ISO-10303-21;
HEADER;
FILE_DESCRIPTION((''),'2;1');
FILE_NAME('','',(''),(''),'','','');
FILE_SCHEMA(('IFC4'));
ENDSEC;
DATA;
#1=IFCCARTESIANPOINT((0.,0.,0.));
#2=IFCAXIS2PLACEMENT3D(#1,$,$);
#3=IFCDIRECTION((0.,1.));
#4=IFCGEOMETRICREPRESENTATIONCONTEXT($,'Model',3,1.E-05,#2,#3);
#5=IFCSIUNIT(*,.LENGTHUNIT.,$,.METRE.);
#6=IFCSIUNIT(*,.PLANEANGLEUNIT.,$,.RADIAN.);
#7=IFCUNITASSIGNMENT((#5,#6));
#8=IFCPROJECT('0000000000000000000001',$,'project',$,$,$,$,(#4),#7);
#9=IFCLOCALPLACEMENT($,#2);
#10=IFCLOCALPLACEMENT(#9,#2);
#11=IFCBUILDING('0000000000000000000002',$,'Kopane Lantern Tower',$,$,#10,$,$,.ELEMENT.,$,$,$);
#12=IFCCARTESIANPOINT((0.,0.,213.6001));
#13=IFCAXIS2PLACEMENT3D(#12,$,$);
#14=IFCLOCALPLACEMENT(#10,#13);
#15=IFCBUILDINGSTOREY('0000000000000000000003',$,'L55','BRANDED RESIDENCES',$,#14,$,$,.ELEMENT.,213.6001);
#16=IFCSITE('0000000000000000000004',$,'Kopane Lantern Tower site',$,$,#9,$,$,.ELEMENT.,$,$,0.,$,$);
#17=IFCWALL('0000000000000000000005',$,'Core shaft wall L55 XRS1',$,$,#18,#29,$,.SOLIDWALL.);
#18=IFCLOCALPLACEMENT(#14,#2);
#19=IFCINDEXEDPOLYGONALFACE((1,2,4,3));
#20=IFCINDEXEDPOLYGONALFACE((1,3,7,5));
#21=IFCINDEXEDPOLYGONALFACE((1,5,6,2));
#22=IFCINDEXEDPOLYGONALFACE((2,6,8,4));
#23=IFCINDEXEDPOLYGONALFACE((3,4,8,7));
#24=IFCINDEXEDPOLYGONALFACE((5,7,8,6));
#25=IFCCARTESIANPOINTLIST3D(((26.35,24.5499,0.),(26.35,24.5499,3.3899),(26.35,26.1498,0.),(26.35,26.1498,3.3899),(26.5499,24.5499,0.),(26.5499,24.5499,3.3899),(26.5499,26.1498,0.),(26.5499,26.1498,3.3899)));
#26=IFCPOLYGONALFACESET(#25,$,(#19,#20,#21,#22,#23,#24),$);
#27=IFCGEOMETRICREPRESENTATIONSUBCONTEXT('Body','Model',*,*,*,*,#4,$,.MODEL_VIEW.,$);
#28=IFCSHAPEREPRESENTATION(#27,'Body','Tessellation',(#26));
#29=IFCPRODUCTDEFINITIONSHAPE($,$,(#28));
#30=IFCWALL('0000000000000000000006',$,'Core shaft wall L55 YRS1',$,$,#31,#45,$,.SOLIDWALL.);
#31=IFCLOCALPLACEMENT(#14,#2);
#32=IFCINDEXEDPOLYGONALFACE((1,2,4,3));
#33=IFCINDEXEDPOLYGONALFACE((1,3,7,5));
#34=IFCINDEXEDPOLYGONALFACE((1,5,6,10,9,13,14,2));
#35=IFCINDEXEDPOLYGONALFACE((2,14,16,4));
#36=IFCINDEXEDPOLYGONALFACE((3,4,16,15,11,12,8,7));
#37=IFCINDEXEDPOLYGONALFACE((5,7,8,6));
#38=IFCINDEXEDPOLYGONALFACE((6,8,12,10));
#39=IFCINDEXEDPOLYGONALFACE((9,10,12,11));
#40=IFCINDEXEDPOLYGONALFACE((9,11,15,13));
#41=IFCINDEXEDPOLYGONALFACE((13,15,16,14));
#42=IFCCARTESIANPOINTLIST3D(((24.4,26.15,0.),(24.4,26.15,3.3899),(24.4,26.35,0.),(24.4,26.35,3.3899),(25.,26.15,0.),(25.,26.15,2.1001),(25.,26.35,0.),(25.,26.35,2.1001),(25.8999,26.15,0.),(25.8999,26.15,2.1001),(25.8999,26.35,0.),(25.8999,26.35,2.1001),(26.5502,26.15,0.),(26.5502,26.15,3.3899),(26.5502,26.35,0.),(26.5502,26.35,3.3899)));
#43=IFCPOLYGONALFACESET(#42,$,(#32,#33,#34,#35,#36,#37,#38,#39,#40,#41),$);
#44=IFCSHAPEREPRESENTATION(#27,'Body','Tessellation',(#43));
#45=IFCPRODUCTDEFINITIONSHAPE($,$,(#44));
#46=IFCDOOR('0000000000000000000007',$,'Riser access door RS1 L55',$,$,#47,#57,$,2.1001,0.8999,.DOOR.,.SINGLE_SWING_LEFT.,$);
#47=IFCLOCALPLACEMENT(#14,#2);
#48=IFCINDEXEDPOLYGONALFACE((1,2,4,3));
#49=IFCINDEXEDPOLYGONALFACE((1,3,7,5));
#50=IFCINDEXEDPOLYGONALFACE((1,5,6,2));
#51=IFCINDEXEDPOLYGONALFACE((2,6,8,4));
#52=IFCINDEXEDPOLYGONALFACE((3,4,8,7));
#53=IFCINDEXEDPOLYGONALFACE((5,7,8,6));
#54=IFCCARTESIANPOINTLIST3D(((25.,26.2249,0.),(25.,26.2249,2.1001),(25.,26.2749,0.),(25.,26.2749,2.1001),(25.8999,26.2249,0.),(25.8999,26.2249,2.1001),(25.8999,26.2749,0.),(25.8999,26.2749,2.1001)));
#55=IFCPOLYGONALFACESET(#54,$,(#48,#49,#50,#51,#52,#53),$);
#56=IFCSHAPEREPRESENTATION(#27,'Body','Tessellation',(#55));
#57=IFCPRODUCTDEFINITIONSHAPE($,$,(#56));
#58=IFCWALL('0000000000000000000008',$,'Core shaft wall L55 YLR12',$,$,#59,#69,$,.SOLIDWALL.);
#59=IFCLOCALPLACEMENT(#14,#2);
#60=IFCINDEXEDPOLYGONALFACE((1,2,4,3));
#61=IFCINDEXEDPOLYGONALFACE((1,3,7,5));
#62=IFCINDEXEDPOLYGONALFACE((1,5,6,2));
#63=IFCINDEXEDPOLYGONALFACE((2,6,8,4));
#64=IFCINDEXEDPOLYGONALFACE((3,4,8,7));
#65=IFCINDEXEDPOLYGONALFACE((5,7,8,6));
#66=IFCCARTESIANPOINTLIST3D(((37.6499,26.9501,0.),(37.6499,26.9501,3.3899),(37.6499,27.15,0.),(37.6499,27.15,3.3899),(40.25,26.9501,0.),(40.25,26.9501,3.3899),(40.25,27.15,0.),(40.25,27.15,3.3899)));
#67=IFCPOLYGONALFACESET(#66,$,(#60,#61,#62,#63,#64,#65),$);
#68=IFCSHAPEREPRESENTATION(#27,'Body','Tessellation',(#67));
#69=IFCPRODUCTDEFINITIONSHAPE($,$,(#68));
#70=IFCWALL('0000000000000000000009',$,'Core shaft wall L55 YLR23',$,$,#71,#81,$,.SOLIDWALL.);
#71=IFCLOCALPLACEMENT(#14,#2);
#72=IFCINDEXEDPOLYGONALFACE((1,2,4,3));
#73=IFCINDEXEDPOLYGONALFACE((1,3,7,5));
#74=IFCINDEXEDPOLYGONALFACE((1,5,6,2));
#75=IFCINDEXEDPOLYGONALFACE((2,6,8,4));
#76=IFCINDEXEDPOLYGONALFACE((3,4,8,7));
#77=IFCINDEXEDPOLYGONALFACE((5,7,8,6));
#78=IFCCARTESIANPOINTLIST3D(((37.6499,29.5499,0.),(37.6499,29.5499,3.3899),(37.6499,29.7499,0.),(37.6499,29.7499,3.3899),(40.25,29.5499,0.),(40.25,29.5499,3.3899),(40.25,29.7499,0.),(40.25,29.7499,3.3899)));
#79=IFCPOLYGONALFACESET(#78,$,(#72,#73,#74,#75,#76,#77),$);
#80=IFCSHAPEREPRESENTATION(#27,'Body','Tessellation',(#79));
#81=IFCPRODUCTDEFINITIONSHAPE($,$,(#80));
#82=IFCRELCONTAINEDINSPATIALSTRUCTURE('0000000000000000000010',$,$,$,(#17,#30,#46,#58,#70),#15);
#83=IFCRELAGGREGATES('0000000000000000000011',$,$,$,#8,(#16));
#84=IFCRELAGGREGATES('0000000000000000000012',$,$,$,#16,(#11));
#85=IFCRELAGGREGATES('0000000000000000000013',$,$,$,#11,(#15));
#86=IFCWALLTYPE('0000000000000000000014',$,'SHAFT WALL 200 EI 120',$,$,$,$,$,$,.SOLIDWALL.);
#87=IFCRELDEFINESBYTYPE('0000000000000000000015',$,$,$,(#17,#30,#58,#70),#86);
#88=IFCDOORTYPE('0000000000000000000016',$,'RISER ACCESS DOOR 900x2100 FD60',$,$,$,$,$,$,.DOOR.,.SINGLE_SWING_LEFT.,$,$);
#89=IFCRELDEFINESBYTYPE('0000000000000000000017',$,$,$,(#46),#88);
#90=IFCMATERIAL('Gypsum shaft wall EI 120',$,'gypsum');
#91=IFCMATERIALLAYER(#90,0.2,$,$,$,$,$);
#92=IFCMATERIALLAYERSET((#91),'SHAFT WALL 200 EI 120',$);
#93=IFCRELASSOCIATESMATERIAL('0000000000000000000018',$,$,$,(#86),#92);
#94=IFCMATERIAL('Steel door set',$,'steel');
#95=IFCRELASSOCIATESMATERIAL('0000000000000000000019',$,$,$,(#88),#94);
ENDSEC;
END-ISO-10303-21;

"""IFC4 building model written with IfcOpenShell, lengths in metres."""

from ifc_helpers import new_model, si_unit, direction, frame, frame_2d, origin, place, context, subcontext, project, spatial, rectangle, extrude, material, layer, layer_set, type_object, element, fill, save


model = new_model("IFC4")

# Units and contexts
model_context = context("Model", 3, precision=1e-05, world=origin(), true_north=direction((0.0, 1.0)))
body_context = subcontext(model_context, "Body", "Model", "MODEL_VIEW")
ifc_project = project(units=[si_unit("LENGTHUNIT", "METRE"), si_unit("PLANEANGLEUNIT", "RADIAN")], contexts=[model_context])

# Site, building, storey
site_placement = place(None, origin())
site = spatial("IfcSite", under=ifc_project, at=site_placement, Name="Kopane Lantern Tower site", CompositionType="ELEMENT", RefElevation=0.0)
building_placement = place(site_placement, origin())
building = spatial("IfcBuilding", under=site, at=building_placement, Name="Kopane Lantern Tower", CompositionType="ELEMENT")
storey_placement = place(building_placement, frame((0.0, 0.0, 213.6001)))
storey = spatial("IfcBuildingStorey", under=building, at=storey_placement, Name="L55", Description="BRANDED RESIDENCES", CompositionType="ELEMENT", Elevation=213.6001)

# Wall
ifc_material_1 = material(Name="Gypsum shaft wall EI 120", Category="gypsum")
ifc_layer_1 = layer(ifc_material_1, 0.2)
ifc_layer_set_1 = layer_set([ifc_layer_1], Name="SHAFT WALL 200 EI 120")
wall_type_1 = type_object("IfcWallType", Name="SHAFT WALL 200 EI 120", PredefinedType="SOLIDWALL", material=ifc_layer_set_1)
wall_1_placement = place(storey_placement, frame((26.45, 24.55, 0.0), z_axis=(0.0, 0.0, 1.0), x_axis=(0.0, 1.0, 0.0)))
element("IfcWall", 1, at=wall_1_placement, inside=storey, type_object=wall_type_1, Name="Core shaft wall L55 XRS1", PredefinedType="SOLIDWALL", context=body_context, shape_type="SweptSolid", body=[
    extrude(rectangle(XDim=1.5999, YDim=0.2, at=frame_2d((0.7998, 0.0))), origin(), (0.0, 0.0, 1.0), 3.3899),
])

# Wall, opening, door
wall_2_placement = place(storey_placement, frame((24.3999, 26.25, 0.0), z_axis=(0.0, 0.0, 1.0), x_axis=(1.0, 0.0, 0.0)))
wall_2 = element("IfcWall", 2, at=wall_2_placement, inside=storey, type_object=wall_type_1, Name="Core shaft wall L55 YRS1", PredefinedType="SOLIDWALL", context=body_context, shape_type="SweptSolid", body=[
    extrude(rectangle(XDim=2.1501, YDim=0.2, at=frame_2d((1.0752, 0.0))), origin(), (0.0, 0.0, 1.0), 3.3899),
])
opening_1_placement = place(wall_2_placement, frame((0.6001, 0.0, 0.0)))
opening_1 = element("IfcOpeningElement", 3, at=opening_1_placement, cuts=wall_2, PredefinedType="OPENING", context=body_context, shape_type="SweptSolid", body=[
    extrude(rectangle(XDim=0.8999, YDim=2.1001, at=frame_2d((0.45, 1.05))), frame((0.0, 0.1099, 0.0), z_axis=(0.0, -1.0, 0.0), x_axis=(1.0, 0.0, 0.0)), (0.0, 0.0, 1.0), 0.22),
])
ifc_material_2 = material(Name="Steel door set", Category="steel")
door_type_1 = type_object("IfcDoorType", Name="RISER ACCESS DOOR 900x2100 FD60", OperationType="SINGLE_SWING_LEFT", PredefinedType="DOOR", material=ifc_material_2)
door_1_placement = place(opening_1_placement, origin())
door_1 = element("IfcDoor", 4, at=door_1_placement, inside=storey, type_object=door_type_1, Name="Riser access door RS1 L55", OperationType="SINGLE_SWING_LEFT", OverallHeight=2.1001, OverallWidth=0.8999, PredefinedType="DOOR", context=body_context, shape_type="SweptSolid", body=[
    extrude(rectangle(XDim=0.8999, YDim=2.1001, at=frame_2d((0.45, 1.05))), frame((0.0, 0.0249, 0.0), z_axis=(0.0, -1.0, 0.0), x_axis=(1.0, 0.0, 0.0)), (0.0, 0.0, 1.0), 0.05),
])
fill(opening_1, door_1)

# Walls
for number, where, z_axis, x_axis, name in (
    (5, (37.6499, 27.05, 0.0), (0.0, 0.0, 1.0), (1.0, 0.0, 0.0), "Core shaft wall L55 YLR12"),
    (6, (37.6499, 29.6499, 0.0), (0.0, 0.0, 1.0), (1.0, 0.0, 0.0), "Core shaft wall L55 YLR23"),
):
    element("IfcWall", number, at=place(storey_placement, frame(where, z_axis=z_axis, x_axis=x_axis)), inside=storey, type_object=wall_type_1, Name=name, PredefinedType="SOLIDWALL", context=body_context, shape_type="SweptSolid", body=[
        extrude(rectangle(XDim=2.6001, YDim=0.2, at=frame_2d((1.3, 0.0))), origin(), (0.0, 0.0, 1.0), 3.3899),
    ])

save(model, "model.ifc")
